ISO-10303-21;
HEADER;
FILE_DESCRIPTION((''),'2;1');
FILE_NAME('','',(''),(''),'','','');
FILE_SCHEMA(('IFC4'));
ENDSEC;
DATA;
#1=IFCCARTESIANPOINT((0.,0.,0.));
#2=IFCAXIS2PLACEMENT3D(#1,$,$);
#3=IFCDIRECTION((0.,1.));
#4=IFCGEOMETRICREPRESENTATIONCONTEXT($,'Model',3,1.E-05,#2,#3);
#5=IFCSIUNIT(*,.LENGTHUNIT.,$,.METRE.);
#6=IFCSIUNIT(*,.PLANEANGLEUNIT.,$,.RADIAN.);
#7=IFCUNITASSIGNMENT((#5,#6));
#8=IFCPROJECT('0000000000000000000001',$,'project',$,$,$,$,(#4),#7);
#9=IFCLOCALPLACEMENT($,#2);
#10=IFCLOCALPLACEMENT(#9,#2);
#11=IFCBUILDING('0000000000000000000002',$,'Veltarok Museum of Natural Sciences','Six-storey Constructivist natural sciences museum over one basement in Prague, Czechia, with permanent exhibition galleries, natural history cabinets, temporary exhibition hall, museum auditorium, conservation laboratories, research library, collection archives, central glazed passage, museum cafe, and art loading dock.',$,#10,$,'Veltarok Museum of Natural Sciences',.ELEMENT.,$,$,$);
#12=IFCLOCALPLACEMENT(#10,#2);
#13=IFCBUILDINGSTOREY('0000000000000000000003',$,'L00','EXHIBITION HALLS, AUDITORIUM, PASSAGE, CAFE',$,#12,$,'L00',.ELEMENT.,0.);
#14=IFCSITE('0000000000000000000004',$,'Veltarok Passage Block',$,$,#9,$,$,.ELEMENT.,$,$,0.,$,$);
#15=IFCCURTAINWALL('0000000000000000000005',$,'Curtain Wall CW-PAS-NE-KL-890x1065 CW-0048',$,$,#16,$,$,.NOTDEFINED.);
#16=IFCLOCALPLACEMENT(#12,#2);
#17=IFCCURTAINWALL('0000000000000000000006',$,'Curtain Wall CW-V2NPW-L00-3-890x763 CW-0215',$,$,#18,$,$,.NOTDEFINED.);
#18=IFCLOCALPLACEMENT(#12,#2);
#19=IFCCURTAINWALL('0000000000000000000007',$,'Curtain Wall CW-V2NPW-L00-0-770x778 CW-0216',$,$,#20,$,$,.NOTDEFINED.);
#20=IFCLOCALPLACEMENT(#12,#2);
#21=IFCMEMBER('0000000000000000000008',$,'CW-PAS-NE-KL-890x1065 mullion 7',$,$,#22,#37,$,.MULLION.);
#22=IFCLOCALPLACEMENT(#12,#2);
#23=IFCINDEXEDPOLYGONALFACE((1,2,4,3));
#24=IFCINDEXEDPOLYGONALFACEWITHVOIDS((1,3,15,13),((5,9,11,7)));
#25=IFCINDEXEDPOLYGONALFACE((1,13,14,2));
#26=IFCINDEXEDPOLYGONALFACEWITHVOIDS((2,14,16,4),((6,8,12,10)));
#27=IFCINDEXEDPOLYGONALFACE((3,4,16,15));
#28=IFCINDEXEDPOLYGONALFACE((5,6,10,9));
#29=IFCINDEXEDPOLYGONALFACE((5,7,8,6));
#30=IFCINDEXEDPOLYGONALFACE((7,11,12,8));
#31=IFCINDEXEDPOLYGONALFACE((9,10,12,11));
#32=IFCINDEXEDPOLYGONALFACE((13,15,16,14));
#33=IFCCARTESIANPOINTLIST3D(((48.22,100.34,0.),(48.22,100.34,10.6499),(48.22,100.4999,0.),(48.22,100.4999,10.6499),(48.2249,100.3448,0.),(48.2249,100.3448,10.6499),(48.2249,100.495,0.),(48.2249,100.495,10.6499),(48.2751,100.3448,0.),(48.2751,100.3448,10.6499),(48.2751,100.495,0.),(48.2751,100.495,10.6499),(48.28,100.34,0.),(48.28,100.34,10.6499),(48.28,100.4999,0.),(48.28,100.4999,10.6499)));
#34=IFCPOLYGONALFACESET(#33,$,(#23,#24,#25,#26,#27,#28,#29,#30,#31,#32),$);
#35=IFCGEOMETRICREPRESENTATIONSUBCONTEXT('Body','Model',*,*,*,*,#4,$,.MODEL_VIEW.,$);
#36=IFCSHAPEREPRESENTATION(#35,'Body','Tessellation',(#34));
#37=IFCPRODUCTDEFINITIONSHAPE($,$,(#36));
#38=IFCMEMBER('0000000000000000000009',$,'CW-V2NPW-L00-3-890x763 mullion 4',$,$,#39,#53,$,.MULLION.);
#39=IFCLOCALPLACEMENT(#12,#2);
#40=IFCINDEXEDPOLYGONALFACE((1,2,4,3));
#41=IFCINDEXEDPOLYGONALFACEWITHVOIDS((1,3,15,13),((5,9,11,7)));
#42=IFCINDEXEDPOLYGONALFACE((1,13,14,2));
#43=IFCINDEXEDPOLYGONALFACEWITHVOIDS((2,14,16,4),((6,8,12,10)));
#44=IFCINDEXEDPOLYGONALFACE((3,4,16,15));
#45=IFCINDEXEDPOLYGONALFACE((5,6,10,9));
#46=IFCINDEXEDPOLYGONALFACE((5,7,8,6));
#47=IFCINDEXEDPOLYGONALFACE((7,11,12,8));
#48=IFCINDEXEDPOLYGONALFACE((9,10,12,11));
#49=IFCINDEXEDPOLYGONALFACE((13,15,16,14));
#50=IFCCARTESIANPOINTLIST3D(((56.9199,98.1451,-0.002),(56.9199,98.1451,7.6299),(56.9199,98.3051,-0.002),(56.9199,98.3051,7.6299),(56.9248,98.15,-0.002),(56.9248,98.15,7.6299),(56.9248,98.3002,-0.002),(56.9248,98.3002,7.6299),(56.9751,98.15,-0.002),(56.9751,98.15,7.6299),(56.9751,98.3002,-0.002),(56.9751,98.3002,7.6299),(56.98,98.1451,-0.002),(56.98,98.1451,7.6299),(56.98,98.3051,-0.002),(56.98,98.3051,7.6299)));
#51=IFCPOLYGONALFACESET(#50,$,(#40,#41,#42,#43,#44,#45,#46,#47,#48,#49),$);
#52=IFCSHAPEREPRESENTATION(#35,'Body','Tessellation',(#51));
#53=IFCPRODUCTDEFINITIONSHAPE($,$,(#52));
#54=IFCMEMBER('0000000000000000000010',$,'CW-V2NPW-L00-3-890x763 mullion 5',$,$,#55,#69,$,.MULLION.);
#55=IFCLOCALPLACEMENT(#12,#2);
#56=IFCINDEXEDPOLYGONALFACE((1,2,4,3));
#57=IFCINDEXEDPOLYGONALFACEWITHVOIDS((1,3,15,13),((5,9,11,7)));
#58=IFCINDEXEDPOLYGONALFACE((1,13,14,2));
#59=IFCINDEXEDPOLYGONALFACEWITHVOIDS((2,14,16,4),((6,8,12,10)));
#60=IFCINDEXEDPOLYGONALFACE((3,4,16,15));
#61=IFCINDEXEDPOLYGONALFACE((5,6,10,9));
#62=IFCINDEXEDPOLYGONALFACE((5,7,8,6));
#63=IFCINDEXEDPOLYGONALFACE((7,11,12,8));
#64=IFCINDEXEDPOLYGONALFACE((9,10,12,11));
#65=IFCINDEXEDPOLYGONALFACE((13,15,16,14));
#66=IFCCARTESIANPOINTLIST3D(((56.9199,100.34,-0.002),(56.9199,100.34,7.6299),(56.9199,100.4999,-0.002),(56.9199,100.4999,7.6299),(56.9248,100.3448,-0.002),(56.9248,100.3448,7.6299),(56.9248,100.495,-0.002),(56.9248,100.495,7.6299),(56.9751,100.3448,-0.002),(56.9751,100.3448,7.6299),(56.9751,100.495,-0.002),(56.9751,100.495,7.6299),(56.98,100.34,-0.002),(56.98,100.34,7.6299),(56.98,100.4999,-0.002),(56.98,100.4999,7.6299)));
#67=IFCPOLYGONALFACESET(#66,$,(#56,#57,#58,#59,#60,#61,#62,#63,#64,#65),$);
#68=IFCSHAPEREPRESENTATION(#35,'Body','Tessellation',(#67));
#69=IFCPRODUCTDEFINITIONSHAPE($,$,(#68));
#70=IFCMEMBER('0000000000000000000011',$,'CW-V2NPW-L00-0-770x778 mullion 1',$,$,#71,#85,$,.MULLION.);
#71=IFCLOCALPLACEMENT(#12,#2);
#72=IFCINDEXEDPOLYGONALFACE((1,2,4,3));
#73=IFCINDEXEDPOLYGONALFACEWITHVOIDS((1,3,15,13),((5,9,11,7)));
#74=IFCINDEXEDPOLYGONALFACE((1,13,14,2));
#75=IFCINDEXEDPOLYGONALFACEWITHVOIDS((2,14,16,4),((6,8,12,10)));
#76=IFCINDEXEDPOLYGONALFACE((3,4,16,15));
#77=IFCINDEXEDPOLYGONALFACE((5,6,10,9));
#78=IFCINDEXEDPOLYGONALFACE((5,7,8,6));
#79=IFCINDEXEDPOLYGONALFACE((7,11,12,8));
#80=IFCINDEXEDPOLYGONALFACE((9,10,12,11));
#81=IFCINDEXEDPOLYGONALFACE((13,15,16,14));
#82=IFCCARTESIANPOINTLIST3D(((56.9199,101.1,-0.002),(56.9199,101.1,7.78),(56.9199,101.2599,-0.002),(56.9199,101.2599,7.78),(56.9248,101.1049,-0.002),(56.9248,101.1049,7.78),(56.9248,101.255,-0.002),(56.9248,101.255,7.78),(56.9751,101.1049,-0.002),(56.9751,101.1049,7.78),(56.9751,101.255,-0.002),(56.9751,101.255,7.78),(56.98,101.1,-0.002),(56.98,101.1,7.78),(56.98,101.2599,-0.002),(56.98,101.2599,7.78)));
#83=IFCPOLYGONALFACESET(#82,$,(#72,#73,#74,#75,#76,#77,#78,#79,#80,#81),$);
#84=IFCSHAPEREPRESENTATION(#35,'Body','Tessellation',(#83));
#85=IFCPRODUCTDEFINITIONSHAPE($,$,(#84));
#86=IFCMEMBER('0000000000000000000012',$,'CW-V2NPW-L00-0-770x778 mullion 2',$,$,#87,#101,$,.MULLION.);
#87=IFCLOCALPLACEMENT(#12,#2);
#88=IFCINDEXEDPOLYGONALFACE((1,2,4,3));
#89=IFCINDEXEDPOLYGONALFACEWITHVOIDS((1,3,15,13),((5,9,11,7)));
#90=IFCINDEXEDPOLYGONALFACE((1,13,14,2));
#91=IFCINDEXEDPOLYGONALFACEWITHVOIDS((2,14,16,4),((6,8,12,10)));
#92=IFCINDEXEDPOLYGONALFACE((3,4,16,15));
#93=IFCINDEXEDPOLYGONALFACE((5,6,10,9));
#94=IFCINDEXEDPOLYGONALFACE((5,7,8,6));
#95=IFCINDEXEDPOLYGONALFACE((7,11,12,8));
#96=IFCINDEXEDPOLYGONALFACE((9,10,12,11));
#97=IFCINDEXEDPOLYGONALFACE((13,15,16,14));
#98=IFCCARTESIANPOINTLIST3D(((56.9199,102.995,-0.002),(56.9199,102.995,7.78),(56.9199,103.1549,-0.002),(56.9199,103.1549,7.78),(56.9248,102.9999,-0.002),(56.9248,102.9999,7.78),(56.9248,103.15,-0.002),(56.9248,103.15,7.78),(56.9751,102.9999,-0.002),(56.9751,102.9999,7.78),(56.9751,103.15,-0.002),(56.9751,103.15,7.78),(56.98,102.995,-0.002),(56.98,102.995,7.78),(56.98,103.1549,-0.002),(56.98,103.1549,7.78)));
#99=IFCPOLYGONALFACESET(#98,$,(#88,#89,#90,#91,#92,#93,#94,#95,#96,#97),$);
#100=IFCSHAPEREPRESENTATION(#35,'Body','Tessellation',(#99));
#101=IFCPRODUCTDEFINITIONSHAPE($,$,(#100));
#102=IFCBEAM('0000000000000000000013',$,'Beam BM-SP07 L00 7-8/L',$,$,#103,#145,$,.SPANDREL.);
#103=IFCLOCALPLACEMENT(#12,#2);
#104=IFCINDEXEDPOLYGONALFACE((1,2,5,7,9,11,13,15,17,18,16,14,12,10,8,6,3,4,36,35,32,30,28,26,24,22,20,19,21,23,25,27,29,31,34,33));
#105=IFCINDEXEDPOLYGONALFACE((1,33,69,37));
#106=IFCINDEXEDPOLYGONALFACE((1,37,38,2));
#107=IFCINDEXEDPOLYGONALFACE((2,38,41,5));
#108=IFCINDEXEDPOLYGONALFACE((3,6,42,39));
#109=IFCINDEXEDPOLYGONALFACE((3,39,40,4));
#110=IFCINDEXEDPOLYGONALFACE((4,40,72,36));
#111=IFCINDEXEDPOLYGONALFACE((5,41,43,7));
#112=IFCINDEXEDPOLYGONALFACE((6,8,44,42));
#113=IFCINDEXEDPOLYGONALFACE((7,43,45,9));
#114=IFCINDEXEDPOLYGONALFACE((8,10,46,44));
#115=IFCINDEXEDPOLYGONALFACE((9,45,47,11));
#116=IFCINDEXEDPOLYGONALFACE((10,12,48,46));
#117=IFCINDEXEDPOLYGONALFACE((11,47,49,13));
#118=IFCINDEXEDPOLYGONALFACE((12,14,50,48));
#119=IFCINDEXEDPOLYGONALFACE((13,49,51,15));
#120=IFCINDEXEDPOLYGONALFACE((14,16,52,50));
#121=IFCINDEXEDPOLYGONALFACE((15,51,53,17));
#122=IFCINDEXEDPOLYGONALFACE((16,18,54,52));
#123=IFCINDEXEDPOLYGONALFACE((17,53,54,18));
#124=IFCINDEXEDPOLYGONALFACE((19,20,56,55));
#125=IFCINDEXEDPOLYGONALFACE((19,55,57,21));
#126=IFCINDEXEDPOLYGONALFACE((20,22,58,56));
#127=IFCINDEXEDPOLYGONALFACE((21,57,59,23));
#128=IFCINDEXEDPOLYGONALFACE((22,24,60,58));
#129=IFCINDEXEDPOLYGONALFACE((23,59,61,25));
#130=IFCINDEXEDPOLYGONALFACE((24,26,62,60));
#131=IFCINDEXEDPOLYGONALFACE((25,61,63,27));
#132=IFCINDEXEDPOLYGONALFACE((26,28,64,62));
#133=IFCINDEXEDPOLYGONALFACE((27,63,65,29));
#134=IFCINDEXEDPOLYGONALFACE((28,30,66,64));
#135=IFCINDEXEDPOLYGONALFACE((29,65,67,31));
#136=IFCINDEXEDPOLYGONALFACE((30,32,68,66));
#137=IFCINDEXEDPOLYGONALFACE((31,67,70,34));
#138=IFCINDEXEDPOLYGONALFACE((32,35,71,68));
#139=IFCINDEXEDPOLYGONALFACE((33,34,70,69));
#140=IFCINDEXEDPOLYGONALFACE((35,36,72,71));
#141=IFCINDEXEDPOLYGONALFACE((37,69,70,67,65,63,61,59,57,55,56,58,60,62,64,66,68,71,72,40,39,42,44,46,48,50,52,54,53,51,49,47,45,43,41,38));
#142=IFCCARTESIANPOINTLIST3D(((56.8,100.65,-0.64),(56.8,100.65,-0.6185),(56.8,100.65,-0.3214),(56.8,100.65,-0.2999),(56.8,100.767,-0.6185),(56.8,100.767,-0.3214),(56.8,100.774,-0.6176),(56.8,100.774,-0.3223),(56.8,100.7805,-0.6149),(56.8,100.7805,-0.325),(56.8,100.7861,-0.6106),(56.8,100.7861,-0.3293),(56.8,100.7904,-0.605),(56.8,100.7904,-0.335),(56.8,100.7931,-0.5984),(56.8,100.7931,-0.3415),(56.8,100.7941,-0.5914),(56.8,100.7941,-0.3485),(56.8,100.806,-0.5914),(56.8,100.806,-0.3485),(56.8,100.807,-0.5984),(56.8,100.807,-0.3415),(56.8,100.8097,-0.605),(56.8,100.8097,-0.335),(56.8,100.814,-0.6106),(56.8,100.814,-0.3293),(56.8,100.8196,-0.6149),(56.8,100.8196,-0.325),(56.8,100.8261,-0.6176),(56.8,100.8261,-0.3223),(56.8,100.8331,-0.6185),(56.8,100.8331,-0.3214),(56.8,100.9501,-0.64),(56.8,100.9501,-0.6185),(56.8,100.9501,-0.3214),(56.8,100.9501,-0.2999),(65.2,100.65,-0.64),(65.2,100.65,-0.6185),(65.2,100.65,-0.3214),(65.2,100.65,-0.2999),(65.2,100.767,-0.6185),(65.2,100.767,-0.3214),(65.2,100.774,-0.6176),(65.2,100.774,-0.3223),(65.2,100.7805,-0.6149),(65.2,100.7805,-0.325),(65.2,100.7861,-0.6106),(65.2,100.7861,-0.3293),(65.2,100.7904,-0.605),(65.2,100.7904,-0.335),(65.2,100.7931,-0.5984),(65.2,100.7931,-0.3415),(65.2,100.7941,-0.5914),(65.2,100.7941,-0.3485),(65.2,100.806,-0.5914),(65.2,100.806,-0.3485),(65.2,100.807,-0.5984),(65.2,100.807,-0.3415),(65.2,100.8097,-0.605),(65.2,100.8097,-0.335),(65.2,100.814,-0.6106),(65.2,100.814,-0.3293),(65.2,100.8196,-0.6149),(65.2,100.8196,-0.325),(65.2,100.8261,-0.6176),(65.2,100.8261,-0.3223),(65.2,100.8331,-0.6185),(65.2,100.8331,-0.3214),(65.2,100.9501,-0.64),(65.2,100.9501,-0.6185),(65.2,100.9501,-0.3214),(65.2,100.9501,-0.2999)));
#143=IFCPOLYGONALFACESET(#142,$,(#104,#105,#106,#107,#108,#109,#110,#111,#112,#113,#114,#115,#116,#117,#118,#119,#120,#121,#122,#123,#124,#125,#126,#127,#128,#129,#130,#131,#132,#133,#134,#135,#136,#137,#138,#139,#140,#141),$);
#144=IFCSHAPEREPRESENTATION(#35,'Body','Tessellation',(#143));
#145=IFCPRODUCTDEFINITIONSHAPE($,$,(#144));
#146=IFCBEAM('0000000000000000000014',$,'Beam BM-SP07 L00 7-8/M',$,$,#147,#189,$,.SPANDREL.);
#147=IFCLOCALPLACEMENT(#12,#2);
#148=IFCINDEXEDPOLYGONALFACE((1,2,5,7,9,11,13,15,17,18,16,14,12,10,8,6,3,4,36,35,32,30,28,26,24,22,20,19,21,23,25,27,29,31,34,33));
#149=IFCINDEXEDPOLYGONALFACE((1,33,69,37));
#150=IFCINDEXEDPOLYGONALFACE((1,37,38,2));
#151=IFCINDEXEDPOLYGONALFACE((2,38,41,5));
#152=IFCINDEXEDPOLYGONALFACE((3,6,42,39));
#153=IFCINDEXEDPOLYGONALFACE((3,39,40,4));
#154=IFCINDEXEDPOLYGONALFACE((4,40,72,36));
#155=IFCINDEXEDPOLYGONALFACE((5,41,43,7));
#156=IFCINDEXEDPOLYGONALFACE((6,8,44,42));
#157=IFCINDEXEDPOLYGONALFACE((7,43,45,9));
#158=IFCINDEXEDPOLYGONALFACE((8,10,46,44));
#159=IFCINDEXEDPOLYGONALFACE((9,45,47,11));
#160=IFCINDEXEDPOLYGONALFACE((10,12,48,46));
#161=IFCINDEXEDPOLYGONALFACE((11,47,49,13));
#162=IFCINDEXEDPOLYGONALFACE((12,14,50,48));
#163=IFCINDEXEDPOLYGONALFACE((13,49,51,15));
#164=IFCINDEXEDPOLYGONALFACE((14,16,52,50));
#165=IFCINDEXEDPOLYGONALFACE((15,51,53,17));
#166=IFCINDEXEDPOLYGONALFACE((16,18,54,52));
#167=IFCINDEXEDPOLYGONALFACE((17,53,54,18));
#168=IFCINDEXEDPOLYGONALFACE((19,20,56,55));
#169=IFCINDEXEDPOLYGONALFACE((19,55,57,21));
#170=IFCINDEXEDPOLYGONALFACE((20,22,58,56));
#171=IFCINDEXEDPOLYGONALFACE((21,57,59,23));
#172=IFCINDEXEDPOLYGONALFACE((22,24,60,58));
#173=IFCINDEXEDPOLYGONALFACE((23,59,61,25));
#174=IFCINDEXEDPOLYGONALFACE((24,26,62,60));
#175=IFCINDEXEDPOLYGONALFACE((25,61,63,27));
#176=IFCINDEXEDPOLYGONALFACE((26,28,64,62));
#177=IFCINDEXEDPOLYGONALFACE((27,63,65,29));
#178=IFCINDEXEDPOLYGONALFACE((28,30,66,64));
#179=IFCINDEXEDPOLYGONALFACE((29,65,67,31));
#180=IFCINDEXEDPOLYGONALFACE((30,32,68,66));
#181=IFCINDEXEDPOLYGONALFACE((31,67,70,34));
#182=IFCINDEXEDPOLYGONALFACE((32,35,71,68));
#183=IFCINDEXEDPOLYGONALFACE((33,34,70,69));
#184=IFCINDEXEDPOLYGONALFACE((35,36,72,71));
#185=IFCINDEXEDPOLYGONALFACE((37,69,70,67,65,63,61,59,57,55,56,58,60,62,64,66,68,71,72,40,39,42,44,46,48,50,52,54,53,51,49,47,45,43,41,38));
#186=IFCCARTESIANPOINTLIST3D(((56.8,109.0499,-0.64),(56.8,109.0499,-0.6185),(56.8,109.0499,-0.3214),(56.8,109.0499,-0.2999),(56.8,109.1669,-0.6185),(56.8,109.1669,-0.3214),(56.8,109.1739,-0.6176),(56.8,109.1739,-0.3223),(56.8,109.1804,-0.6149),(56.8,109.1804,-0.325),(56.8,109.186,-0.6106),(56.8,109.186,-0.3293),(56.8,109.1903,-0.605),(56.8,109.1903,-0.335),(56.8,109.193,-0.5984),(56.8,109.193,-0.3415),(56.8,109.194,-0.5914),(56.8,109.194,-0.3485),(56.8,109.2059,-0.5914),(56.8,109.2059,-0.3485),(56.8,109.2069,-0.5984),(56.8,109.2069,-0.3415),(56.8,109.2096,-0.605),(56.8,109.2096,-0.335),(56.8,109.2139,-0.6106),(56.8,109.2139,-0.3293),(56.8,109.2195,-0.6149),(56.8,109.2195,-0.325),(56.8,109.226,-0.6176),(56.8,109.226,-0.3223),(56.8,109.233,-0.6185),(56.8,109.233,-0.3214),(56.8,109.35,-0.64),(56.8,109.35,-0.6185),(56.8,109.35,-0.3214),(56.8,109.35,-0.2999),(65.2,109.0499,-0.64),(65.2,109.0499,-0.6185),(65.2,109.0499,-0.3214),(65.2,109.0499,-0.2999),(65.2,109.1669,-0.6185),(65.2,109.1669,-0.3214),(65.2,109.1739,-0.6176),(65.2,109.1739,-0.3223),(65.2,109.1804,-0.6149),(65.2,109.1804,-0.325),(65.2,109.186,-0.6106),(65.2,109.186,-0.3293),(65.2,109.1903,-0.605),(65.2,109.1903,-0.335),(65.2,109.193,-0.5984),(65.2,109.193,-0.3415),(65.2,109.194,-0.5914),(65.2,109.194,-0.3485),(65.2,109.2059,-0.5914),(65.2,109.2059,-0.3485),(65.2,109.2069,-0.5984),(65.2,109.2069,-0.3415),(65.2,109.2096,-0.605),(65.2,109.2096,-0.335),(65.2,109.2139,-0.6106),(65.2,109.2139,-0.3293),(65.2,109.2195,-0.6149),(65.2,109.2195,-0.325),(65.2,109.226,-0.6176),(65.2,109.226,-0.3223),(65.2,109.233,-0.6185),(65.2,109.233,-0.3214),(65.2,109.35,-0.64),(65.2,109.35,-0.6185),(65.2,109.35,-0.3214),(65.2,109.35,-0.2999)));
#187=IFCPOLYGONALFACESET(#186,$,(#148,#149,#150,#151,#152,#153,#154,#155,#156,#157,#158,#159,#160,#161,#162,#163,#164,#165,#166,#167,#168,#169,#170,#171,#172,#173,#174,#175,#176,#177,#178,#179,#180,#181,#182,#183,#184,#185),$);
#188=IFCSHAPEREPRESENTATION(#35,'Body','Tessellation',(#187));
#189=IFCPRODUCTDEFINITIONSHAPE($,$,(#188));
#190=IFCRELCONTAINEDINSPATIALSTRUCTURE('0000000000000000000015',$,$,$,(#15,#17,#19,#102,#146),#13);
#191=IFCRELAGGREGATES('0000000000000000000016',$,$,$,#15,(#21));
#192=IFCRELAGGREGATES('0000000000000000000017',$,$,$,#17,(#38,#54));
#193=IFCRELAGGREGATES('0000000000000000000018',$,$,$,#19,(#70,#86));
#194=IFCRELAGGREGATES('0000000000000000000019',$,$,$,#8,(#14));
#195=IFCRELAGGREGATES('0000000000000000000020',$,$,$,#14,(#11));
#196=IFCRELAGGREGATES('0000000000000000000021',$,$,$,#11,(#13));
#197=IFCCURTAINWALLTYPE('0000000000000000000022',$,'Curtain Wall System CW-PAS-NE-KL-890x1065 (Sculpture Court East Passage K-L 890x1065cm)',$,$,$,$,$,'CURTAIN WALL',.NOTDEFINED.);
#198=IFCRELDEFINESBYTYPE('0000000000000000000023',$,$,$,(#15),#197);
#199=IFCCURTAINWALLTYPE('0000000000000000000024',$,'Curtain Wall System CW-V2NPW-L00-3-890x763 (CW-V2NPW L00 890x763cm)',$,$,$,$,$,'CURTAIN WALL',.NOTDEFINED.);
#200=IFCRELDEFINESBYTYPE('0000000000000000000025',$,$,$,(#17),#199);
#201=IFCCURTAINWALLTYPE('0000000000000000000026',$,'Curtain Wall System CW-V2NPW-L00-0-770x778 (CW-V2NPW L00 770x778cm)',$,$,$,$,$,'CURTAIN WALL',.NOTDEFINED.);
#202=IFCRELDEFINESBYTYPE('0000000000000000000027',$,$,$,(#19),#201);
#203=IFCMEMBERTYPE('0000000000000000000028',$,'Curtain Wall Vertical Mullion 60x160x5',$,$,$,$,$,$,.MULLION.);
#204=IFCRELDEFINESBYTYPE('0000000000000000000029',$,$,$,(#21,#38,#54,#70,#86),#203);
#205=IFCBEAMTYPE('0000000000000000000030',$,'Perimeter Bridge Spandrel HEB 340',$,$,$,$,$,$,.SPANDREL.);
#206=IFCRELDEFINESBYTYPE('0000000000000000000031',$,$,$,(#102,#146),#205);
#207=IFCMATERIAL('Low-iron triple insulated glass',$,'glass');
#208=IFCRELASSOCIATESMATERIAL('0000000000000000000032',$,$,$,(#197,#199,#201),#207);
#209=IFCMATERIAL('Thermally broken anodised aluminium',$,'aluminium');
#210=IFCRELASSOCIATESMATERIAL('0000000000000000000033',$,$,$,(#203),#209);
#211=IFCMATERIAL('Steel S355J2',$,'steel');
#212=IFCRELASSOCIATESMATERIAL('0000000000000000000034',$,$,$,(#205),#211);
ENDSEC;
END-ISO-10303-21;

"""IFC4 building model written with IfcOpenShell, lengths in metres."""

from ifc_helpers import new_model, si_unit, direction, frame, origin, origin_2d, place, context, subcontext, project, spatial, hollow_rectangle, i_section, extrude, material, material_profile, profile_set, type_object, element, aggregate, save


model = new_model("IFC4")

# Units and contexts
model_context = context("Model", 3, precision=1e-05, world=origin(), true_north=direction((0.0, 1.0)))
body_context = subcontext(model_context, "Body", "Model", "MODEL_VIEW")
ifc_project = project(units=[si_unit("LENGTHUNIT", "METRE"), si_unit("PLANEANGLEUNIT", "RADIAN")], contexts=[model_context])

# Site, building, storey
site_placement = place(None, origin())
site = spatial("IfcSite", under=ifc_project, at=site_placement, Name="Veltarok Passage Block", CompositionType="ELEMENT", RefElevation=0.0)
building_placement = place(site_placement, origin())
building = spatial("IfcBuilding", under=site, at=building_placement, Name="Veltarok Museum of Natural Sciences", Description="Six-storey Constructivist natural sciences museum over one basement in Prague, Czechia, with permanent exhibition galleries, natural history cabinets, temporary exhibition hall, museum auditorium, conservation laboratories, research library, collection archives, central glazed passage, museum cafe, and art loading dock.", LongName="Veltarok Museum of Natural Sciences", CompositionType="ELEMENT")
storey_placement = place(building_placement, origin())
storey = spatial("IfcBuildingStorey", under=building, at=storey_placement, Name="L00", Description="EXHIBITION HALLS, AUDITORIUM, PASSAGE, CAFE", LongName="L00", CompositionType="ELEMENT", Elevation=0.0)

# Shared definitions
ifc_material_1 = material(Name="Steel S355J2", Category="steel")

# Curtain walls
ifc_material_2 = material(Name="Low-iron triple insulated glass", Category="glass")
curtain_wall_type_1 = type_object("IfcCurtainWallType", Name="Curtain Wall System CW-PAS-NE-KL-890x1065 (Sculpture Court East Passage K-L 890x1065cm)", ElementType="CURTAIN WALL", PredefinedType="NOTDEFINED", material=ifc_material_2)
curtain_wall_1_placement = place(storey_placement, origin())
curtain_wall_1 = element("IfcCurtainWall", 1, at=curtain_wall_1_placement, inside=storey, type_object=curtain_wall_type_1, Name="Curtain Wall CW-PAS-NE-KL-890x1065 CW-0048", PredefinedType="NOTDEFINED")
ifc_material_3 = material(Name="Thermally broken anodised aluminium", Category="aluminium")
curtain_wall_type_2 = type_object("IfcCurtainWallType", Name="Curtain Wall System CW-V2NPW-L00-3-890x763 (CW-V2NPW L00 890x763cm)", ElementType="CURTAIN WALL", PredefinedType="NOTDEFINED", material=ifc_material_2)
curtain_wall_2_placement = place(storey_placement, origin())
curtain_wall_2 = element("IfcCurtainWall", 2, at=curtain_wall_2_placement, inside=storey, type_object=curtain_wall_type_2, Name="Curtain Wall CW-V2NPW-L00-3-890x763 CW-0215", PredefinedType="NOTDEFINED")
curtain_wall_type_3 = type_object("IfcCurtainWallType", Name="Curtain Wall System CW-V2NPW-L00-0-770x778 (CW-V2NPW L00 770x778cm)", ElementType="CURTAIN WALL", PredefinedType="NOTDEFINED", material=ifc_material_2)
curtain_wall_3_placement = place(storey_placement, origin())
curtain_wall_3 = element("IfcCurtainWall", 3, at=curtain_wall_3_placement, inside=storey, type_object=curtain_wall_type_3, Name="Curtain Wall CW-V2NPW-L00-0-770x778 CW-0216", PredefinedType="NOTDEFINED")

# Members
ifc_material_profile_1 = material_profile(ifc_material_3, hollow_rectangle(XDim=0.0601, YDim=0.1599, WallThickness=0.0049, at=origin_2d()), Name="CW MULLION 60x160x5")
ifc_profile_set_1 = profile_set([ifc_material_profile_1], Name="Thermally broken anodised aluminium")
member_type_1 = type_object("IfcMemberType", Name="Curtain Wall Vertical Mullion 60x160x5", PredefinedType="MULLION", material=ifc_profile_set_1)
member_1_placement = place(storey_placement, frame((48.25, 100.4199, 0.0), z_axis=(0.0, 0.0, 1.0), x_axis=(-1.0, 0.0, 0.0)))
member_1 = element("IfcMember", 4, at=member_1_placement, type_object=member_type_1, Name="CW-PAS-NE-KL-890x1065 mullion 7", PredefinedType="MULLION", context=body_context, shape_type="SweptSolid", body=[
    extrude(hollow_rectangle(XDim=0.0601, YDim=0.1599, WallThickness=0.0049, at=origin_2d()), origin(), (0.0, 0.0, 1.0), 10.6499),
])
member_2_placement = place(storey_placement, frame((56.95, 98.2251, -0.002), z_axis=(0.0, 0.0, 1.0), x_axis=(-1.0, 0.0, 0.0)))
member_2 = element("IfcMember", 5, at=member_2_placement, type_object=member_type_1, Name="CW-V2NPW-L00-3-890x763 mullion 4", PredefinedType="MULLION", context=body_context, shape_type="SweptSolid", body=[
    extrude(hollow_rectangle(XDim=0.0601, YDim=0.1599, WallThickness=0.0049, at=origin_2d()), origin(), (0.0, 0.0, 1.0), 7.6318),
])
member_3_placement = place(storey_placement, frame((56.95, 100.4199, -0.002), z_axis=(0.0, 0.0, 1.0), x_axis=(-1.0, 0.0, 0.0)))
member_3 = element("IfcMember", 6, at=member_3_placement, type_object=member_type_1, Name="CW-V2NPW-L00-3-890x763 mullion 5", PredefinedType="MULLION", context=body_context, shape_type="SweptSolid", body=[
    extrude(hollow_rectangle(XDim=0.0601, YDim=0.1599, WallThickness=0.0049, at=origin_2d()), origin(), (0.0, 0.0, 1.0), 7.6318),
])
member_4_placement = place(storey_placement, frame((56.95, 101.1799, -0.002), z_axis=(0.0, 0.0, 1.0), x_axis=(-1.0, 0.0, 0.0)))
member_4 = element("IfcMember", 7, at=member_4_placement, type_object=member_type_1, Name="CW-V2NPW-L00-0-770x778 mullion 1", PredefinedType="MULLION", context=body_context, shape_type="SweptSolid", body=[
    extrude(hollow_rectangle(XDim=0.0601, YDim=0.1599, WallThickness=0.0049, at=origin_2d()), origin(), (0.0, 0.0, 1.0), 7.782),
])
member_5_placement = place(storey_placement, frame((56.95, 103.075, -0.002), z_axis=(0.0, 0.0, 1.0), x_axis=(-1.0, 0.0, 0.0)))
member_5 = element("IfcMember", 8, at=member_5_placement, type_object=member_type_1, Name="CW-V2NPW-L00-0-770x778 mullion 2", PredefinedType="MULLION", context=body_context, shape_type="SweptSolid", body=[
    extrude(hollow_rectangle(XDim=0.0601, YDim=0.1599, WallThickness=0.0049, at=origin_2d()), origin(), (0.0, 0.0, 1.0), 7.782),
])

# Beams
ifc_material_profile_2 = material_profile(ifc_material_1, i_section(OverallWidth=0.3, OverallDepth=0.3401, WebThickness=0.012, FlangeThickness=0.0215, FilletRadius=0.0271, at=origin_2d()), Name="HEB 340")
ifc_profile_set_2 = profile_set([ifc_material_profile_2], Name="Steel S355J2")
beam_type = type_object("IfcBeamType", Name="Perimeter Bridge Spandrel HEB 340", PredefinedType="SPANDREL", material=ifc_profile_set_2)
for number, where, z_axis, x_axis, name in (
    (9, (56.8, 100.8, -0.47), (1.0, 0.0, 0.0), (0.0, 1.0, 0.0), "Beam BM-SP07 L00 7-8/L"),
    (10, (56.8, 109.2, -0.47), (1.0, 0.0, 0.0), (0.0, 1.0, 0.0), "Beam BM-SP07 L00 7-8/M"),
):
    element("IfcBeam", number, at=place(storey_placement, frame(where, z_axis=z_axis, x_axis=x_axis)), inside=storey, type_object=beam_type, Name=name, PredefinedType="SPANDREL", context=body_context, shape_type="SweptSolid", body=[
        extrude(i_section(OverallWidth=0.3, OverallDepth=0.3401, WebThickness=0.012, FlangeThickness=0.0215, FilletRadius=0.0271, at=origin_2d()), origin(), (0.0, 0.0, 1.0), 8.3999),
    ])

aggregate(curtain_wall_1, [member_1])
aggregate(curtain_wall_2, [member_2, member_3])
aggregate(curtain_wall_3, [member_4, member_5])

save(model, "model.ifc")
